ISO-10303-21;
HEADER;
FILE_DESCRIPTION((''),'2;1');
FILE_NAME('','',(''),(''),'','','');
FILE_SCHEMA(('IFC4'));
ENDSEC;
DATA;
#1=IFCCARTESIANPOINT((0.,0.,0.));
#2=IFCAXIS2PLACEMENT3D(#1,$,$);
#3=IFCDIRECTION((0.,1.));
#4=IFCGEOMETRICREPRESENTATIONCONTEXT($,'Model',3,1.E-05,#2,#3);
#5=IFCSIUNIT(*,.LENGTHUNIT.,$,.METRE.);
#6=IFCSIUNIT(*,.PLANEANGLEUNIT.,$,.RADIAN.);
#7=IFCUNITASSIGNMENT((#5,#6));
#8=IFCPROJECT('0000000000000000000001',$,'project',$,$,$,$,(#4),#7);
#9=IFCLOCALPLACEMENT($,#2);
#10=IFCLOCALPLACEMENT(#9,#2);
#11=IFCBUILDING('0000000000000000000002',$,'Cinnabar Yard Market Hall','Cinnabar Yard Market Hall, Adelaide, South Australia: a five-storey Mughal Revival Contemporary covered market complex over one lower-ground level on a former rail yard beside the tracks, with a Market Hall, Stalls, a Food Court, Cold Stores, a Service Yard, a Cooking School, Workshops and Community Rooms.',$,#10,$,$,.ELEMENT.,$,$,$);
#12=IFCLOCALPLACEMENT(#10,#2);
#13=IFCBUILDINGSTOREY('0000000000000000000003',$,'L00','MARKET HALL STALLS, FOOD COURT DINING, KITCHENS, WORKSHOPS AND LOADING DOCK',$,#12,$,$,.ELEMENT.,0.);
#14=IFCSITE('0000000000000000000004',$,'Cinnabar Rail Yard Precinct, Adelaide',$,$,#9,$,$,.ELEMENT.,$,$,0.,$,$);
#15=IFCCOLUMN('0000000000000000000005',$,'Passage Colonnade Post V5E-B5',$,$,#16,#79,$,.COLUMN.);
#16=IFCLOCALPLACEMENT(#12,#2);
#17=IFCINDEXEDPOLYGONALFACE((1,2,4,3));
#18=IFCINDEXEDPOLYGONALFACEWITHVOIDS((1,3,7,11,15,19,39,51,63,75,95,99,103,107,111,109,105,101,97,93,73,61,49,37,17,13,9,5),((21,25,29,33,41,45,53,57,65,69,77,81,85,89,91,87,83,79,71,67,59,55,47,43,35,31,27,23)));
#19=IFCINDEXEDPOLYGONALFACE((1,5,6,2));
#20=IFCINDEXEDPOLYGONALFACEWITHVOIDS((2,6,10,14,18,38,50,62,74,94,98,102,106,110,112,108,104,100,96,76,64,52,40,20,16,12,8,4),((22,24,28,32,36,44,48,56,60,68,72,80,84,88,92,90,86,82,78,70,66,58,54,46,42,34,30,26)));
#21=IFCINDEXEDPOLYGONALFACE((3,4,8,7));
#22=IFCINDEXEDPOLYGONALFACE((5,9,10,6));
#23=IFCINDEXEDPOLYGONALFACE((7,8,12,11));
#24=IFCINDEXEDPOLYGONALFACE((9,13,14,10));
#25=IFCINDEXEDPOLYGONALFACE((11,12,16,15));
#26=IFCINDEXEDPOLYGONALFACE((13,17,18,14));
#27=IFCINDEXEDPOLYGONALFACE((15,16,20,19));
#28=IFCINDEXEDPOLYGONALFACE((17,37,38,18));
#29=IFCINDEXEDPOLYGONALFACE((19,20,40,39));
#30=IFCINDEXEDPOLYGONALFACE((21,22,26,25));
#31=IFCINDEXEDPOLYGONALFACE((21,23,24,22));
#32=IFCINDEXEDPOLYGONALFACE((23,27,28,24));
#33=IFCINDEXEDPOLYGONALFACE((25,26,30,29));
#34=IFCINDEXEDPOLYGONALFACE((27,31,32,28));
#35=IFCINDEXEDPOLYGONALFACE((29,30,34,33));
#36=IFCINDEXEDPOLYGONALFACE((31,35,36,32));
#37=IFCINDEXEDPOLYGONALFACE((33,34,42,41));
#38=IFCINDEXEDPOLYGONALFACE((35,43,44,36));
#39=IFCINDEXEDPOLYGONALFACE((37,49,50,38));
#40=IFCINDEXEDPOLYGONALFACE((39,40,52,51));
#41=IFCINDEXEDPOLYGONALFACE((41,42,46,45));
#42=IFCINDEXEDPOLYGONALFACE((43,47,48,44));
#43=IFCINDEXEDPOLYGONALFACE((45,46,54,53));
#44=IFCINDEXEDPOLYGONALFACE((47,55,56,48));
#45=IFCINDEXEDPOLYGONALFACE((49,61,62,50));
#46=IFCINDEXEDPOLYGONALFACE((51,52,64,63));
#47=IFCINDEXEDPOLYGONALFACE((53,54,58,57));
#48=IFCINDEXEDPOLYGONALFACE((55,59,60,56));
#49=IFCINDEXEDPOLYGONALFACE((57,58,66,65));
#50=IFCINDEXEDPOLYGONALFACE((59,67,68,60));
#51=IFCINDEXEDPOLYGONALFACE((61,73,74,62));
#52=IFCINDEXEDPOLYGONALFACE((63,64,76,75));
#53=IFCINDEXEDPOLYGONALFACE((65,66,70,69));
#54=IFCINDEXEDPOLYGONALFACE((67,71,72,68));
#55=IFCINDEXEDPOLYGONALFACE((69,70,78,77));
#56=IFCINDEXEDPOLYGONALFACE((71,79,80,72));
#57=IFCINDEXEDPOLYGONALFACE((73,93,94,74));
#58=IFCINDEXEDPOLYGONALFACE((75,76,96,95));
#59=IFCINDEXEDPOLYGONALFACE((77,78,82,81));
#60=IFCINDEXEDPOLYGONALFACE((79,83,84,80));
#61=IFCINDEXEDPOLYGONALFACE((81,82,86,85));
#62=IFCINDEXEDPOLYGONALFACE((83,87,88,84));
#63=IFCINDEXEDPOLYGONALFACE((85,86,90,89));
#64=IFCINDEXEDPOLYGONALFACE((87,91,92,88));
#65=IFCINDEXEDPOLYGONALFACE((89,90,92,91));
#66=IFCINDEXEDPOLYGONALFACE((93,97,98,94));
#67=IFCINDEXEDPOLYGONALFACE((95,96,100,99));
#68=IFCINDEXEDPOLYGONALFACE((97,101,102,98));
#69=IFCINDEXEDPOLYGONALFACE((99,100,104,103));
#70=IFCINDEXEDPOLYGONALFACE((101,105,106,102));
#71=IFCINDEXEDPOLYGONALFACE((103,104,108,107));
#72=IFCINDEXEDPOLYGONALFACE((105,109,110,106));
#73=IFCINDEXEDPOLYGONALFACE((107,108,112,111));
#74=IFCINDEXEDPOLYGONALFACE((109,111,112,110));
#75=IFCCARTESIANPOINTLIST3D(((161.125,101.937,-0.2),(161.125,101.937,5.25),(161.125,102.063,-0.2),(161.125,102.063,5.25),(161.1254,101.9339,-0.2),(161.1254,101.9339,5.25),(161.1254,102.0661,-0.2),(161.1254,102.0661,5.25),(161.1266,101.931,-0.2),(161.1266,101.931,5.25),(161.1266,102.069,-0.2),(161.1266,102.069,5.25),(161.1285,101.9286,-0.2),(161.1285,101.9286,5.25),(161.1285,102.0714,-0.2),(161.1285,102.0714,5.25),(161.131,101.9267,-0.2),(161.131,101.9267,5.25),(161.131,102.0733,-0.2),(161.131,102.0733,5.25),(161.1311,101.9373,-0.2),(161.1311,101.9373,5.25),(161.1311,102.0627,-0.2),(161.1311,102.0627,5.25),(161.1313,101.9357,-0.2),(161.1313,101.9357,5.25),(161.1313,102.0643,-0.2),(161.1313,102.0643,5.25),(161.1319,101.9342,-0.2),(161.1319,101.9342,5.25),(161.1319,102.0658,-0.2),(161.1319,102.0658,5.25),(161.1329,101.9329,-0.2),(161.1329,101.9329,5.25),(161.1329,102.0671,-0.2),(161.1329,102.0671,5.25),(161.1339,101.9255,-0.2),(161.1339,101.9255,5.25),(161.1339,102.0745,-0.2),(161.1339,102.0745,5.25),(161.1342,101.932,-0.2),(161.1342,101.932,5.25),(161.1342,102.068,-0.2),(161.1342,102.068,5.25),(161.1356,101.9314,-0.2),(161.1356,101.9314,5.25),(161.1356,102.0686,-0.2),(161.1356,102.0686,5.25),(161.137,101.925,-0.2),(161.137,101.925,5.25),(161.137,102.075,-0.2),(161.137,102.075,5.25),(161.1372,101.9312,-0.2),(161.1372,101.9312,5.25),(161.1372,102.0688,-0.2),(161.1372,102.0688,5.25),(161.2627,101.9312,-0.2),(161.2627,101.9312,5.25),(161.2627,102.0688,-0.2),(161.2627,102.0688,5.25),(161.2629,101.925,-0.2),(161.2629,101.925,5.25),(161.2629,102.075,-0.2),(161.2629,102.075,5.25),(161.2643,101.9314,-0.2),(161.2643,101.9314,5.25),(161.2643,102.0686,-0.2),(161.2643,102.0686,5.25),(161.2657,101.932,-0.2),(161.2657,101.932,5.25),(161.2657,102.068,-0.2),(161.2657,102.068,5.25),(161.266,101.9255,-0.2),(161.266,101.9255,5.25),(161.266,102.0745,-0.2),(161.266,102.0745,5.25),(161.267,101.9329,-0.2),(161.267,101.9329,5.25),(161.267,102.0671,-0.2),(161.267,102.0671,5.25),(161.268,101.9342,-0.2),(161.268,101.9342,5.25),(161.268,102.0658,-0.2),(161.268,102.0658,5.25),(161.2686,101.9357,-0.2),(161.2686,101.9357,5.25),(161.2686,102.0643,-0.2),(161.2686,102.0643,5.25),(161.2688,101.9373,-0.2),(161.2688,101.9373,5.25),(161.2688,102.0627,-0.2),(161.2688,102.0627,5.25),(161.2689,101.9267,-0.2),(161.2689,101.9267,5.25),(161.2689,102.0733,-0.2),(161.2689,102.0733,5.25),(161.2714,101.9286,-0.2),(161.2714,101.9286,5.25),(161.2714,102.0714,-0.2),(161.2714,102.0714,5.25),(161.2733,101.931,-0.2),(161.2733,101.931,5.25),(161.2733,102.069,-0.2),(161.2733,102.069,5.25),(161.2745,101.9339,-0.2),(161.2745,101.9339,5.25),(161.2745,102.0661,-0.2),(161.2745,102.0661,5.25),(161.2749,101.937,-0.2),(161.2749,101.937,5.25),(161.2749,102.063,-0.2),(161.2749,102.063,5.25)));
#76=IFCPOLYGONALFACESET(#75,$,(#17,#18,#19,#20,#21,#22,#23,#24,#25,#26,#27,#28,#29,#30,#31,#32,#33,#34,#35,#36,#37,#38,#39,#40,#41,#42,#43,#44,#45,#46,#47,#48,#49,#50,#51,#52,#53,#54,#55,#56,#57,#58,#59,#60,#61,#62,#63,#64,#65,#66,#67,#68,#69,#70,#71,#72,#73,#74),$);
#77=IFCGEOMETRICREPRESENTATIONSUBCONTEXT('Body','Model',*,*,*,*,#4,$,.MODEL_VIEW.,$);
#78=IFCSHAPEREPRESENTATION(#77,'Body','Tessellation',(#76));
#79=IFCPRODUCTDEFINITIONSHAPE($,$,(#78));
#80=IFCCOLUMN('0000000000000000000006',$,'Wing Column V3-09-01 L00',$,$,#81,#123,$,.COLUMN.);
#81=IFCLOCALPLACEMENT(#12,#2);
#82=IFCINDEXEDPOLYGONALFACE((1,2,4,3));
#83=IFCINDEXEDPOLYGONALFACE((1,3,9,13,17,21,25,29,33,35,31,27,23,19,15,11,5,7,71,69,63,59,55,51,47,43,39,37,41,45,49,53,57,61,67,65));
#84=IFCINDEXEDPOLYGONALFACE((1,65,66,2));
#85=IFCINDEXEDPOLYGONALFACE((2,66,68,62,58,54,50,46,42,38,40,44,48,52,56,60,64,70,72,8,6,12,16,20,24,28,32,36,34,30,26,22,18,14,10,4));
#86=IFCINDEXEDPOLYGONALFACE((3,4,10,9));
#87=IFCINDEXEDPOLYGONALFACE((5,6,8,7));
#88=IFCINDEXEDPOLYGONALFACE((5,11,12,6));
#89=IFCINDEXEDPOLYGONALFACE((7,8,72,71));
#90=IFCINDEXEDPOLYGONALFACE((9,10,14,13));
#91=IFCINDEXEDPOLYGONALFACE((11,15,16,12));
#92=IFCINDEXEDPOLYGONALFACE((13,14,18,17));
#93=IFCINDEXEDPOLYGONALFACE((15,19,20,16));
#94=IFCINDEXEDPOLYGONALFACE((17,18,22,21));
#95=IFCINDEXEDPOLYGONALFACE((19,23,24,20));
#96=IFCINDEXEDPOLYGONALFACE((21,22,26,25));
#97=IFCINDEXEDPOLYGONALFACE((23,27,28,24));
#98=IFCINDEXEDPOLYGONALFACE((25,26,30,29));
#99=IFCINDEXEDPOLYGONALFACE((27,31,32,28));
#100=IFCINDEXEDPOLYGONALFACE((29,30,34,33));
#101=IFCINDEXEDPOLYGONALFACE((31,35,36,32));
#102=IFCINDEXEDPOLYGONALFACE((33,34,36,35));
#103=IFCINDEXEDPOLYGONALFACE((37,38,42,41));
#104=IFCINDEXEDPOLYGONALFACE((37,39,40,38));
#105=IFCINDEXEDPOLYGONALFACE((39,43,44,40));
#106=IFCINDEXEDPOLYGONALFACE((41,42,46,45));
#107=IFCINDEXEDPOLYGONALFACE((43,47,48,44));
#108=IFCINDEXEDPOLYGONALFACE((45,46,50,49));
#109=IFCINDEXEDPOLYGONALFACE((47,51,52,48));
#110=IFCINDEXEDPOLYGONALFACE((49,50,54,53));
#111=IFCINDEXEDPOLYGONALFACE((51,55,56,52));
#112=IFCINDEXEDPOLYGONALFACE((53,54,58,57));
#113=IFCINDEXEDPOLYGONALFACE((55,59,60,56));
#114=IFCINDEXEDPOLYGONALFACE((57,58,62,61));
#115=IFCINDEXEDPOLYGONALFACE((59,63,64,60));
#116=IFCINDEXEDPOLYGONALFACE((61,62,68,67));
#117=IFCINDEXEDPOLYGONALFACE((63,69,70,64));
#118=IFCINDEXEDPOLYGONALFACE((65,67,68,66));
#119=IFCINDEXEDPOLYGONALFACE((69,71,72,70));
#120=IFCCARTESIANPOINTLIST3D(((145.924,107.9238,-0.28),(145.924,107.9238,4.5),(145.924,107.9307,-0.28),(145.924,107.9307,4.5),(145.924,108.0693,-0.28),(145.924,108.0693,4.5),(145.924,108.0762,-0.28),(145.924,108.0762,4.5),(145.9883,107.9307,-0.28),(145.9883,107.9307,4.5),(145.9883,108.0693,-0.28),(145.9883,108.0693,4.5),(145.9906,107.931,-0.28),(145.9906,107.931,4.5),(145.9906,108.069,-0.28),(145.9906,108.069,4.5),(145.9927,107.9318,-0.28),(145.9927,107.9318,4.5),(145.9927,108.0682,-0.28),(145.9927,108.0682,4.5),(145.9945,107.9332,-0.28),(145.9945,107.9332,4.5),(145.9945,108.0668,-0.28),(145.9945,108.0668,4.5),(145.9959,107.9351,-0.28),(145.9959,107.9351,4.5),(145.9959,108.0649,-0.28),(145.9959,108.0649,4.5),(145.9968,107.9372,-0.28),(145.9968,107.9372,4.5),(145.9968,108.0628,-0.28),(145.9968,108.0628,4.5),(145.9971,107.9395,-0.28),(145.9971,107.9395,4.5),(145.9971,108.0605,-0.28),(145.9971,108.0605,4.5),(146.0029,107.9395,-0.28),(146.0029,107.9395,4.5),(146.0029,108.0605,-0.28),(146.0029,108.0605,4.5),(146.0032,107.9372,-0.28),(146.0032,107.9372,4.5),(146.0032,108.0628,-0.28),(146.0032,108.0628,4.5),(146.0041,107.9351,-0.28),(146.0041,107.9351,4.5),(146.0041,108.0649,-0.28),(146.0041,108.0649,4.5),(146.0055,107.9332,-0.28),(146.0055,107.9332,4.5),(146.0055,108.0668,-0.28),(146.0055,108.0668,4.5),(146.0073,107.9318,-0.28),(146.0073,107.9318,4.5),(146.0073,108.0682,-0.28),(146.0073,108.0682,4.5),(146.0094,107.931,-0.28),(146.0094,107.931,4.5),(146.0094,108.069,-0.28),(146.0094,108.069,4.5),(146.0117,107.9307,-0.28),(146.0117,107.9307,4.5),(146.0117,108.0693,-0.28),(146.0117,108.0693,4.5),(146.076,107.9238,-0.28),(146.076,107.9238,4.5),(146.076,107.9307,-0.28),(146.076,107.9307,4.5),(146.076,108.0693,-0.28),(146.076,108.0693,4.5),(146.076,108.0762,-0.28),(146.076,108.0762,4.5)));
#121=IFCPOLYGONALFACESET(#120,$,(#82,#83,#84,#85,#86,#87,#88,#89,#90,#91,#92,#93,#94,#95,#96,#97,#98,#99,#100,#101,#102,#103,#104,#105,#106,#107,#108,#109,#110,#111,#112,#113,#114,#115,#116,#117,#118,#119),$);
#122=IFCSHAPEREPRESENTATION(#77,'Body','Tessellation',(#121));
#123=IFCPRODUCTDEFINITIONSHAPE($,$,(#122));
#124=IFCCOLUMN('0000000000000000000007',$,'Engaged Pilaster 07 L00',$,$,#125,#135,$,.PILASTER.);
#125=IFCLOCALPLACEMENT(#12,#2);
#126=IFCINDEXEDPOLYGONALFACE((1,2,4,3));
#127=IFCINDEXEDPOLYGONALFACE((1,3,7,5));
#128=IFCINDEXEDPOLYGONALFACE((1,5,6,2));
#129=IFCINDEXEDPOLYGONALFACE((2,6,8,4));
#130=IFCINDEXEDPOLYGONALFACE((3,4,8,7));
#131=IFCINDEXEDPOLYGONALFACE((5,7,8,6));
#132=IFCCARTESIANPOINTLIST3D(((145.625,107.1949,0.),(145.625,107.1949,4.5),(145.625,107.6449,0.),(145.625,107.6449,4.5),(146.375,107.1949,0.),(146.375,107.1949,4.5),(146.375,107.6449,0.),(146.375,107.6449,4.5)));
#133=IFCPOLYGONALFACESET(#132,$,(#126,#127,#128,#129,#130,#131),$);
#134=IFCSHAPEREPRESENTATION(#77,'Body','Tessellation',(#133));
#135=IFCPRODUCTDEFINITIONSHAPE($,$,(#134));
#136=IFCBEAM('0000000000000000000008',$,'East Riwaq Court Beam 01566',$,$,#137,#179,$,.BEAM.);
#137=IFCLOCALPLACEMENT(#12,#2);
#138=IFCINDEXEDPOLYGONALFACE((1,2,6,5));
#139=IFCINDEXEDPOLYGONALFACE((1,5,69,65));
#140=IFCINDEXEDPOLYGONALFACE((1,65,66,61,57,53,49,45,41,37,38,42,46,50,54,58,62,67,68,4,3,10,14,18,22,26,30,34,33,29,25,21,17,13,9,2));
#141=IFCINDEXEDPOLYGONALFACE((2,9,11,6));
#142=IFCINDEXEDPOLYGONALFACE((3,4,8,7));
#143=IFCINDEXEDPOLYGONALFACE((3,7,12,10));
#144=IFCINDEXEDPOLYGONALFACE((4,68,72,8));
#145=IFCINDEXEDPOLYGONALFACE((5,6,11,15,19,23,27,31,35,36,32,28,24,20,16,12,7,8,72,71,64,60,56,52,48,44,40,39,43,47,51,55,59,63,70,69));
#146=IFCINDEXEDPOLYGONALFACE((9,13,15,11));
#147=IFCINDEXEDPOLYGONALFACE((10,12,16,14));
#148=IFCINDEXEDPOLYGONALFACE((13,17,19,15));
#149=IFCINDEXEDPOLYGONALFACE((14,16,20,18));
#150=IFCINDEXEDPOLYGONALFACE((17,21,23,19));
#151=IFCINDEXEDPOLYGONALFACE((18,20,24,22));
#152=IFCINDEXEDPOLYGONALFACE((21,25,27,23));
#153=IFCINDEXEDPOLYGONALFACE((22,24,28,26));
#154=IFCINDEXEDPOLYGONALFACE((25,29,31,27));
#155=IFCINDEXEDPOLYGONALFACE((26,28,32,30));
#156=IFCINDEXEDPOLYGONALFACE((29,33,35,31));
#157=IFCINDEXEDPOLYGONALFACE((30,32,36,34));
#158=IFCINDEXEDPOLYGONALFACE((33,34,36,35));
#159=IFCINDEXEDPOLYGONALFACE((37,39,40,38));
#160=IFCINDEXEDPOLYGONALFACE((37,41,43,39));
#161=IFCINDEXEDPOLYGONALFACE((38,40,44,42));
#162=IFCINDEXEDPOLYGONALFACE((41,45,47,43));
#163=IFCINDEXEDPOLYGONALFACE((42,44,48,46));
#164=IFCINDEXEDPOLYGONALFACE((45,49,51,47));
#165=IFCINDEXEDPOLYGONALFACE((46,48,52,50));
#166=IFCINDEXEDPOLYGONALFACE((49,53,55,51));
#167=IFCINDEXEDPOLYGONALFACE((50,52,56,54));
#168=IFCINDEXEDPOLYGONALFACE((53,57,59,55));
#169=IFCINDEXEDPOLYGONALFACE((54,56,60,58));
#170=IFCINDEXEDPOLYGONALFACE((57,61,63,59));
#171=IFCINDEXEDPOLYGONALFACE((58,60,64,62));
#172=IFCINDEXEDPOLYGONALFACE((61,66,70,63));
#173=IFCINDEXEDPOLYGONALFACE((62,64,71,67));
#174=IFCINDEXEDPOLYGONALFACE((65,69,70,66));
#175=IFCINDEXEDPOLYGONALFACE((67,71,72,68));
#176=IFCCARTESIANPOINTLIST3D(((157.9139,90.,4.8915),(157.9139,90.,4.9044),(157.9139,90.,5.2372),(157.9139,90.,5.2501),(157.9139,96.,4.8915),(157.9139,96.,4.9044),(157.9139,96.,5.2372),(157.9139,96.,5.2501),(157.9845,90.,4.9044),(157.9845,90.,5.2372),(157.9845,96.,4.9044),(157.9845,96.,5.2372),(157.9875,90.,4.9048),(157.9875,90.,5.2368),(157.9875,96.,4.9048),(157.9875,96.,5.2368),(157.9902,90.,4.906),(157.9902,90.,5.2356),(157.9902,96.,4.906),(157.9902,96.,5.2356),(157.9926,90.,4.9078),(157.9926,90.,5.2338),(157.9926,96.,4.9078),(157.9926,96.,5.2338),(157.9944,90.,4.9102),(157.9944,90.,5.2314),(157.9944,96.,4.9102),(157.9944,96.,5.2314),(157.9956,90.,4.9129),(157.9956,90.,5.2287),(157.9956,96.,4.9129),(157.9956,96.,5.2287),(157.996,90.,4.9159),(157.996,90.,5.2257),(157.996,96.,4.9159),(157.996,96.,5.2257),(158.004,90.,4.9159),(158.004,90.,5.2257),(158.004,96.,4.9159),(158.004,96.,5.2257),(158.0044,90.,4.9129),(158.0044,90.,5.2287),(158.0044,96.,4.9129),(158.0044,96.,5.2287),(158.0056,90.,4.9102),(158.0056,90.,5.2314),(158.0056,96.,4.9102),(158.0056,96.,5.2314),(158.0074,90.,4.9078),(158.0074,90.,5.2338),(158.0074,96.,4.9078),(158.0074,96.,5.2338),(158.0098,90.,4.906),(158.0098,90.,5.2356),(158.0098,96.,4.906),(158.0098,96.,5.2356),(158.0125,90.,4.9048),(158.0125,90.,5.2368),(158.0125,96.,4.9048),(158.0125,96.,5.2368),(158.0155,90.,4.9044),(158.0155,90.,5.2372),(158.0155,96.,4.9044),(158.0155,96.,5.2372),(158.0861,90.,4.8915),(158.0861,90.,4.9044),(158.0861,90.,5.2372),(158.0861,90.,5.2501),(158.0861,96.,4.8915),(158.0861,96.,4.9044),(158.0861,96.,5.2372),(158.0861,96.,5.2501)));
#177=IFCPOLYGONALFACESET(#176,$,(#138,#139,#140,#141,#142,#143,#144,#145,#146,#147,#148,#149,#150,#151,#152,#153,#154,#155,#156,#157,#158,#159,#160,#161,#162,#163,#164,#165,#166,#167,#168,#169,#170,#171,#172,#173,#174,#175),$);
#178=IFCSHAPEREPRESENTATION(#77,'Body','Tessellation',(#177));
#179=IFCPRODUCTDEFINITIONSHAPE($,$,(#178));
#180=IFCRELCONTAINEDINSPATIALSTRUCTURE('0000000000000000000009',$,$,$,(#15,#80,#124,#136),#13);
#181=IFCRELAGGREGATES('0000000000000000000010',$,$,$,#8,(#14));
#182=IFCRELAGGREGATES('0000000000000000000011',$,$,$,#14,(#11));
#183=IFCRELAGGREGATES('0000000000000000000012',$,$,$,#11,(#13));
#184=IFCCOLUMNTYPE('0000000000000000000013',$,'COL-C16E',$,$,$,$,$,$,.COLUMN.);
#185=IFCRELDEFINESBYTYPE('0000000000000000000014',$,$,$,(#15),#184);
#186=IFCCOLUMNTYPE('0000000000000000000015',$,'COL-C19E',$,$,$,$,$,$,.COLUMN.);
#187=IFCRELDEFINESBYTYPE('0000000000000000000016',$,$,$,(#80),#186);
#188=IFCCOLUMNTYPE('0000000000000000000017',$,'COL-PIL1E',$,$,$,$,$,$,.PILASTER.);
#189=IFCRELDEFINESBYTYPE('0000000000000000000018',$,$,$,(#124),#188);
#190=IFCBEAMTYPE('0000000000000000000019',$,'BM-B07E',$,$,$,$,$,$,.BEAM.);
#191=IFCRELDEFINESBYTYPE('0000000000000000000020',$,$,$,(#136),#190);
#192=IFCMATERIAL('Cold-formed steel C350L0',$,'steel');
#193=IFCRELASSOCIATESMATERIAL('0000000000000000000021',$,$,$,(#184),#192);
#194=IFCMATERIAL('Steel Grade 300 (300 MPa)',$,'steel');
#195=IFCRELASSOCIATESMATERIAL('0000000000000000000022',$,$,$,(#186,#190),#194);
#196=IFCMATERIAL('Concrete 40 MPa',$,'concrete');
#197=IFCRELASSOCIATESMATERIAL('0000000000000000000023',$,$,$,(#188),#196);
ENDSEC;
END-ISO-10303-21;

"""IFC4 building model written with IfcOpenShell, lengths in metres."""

from ifc_helpers import new_model, si_unit, direction, frame, origin, origin_2d_with_axis, place, context, subcontext, project, spatial, rectangle, hollow_rectangle, i_section, extrude, material, material_profile, profile_set, type_object, element, save


model = new_model("IFC4")

# Units and contexts
model_context = context("Model", 3, precision=1e-05, world=origin(), true_north=direction((0.0, 1.0)))
body_context = subcontext(model_context, "Body", "Model", "MODEL_VIEW")
ifc_project = project(units=[si_unit("LENGTHUNIT", "METRE"), si_unit("PLANEANGLEUNIT", "RADIAN")], contexts=[model_context])

# Site, building, storey
site_placement = place(None, origin())
site = spatial("IfcSite", under=ifc_project, at=site_placement, Name="Cinnabar Rail Yard Precinct, Adelaide", CompositionType="ELEMENT", RefElevation=0.0)
building_placement = place(site_placement, origin())
building = spatial("IfcBuilding", under=site, at=building_placement, Name="Cinnabar Yard Market Hall", Description="Cinnabar Yard Market Hall, Adelaide, South Australia: a five-storey Mughal Revival Contemporary covered market complex over one lower-ground level on a former rail yard beside the tracks, with a Market Hall, Stalls, a Food Court, Cold Stores, a Service Yard, a Cooking School, Workshops and Community Rooms.", CompositionType="ELEMENT")
storey_placement = place(building_placement, origin())
storey = spatial("IfcBuildingStorey", under=building, at=storey_placement, Name="L00", Description="MARKET HALL STALLS, FOOD COURT DINING, KITCHENS, WORKSHOPS AND LOADING DOCK", CompositionType="ELEMENT", Elevation=0.0)

# Shared definitions
ifc_material_1 = material(Name="Concrete 40 MPa", Category="concrete")

# Columns
ifc_material_2 = material(Name="Cold-formed steel C350L0", Category="steel")
ifc_material_profile_1 = material_profile(ifc_material_2, hollow_rectangle(XDim=0.1499, YDim=0.1499, WallThickness=0.0061, InnerFilletRadius=0.0061, OuterFilletRadius=0.012, at=origin_2d_with_axis()), Name="150x150x6.0SHS")
ifc_profile_set_1 = profile_set([ifc_material_profile_1], Name="Cold-formed steel C350L0")
column_type_1 = type_object("IfcColumnType", Name="COL-C16E", PredefinedType="COLUMN", material=ifc_profile_set_1)
for number, where, z_axis, x_axis, name in (
    (1, (161.2, 102.0, -0.2), (0.0, 0.0, 1.0), (1.0, 0.0, 0.0), "Passage Colonnade Post V5E-B5"),
):
    element("IfcColumn", number, at=place(storey_placement, frame(where, z_axis=z_axis, x_axis=x_axis)), inside=storey, type_object=column_type_1, Name=name, PredefinedType="COLUMN", context=body_context, shape_type="SweptSolid", body=[
        extrude(hollow_rectangle(XDim=0.1499, YDim=0.1499, WallThickness=0.0061, InnerFilletRadius=0.0061, OuterFilletRadius=0.012, at=origin_2d_with_axis()), origin(), (0.0, 0.0, 1.0), 5.45),
    ])
ifc_material_3 = material(Name="Steel Grade 300 (300 MPa)", Category="steel")
ifc_material_profile_2 = material_profile(ifc_material_3, i_section(OverallWidth=0.1521, OverallDepth=0.1523, WebThickness=0.0059, FlangeThickness=0.0068, FilletRadius=0.0088, at=origin_2d_with_axis()), Name="150UC23.4")
ifc_profile_set_2 = profile_set([ifc_material_profile_2], Name="Steel Grade 300 (300 MPa)")
column_type_2 = type_object("IfcColumnType", Name="COL-C19E", PredefinedType="COLUMN", material=ifc_profile_set_2)
column_1_placement = place(storey_placement, frame((146.0, 108.0, -0.28), z_axis=(0.0, 0.0, 1.0), x_axis=(1.0, 0.0, 0.0)))
element("IfcColumn", 2, at=column_1_placement, inside=storey, type_object=column_type_2, Name="Wing Column V3-09-01 L00", PredefinedType="COLUMN", context=body_context, shape_type="SweptSolid", body=[
    extrude(i_section(OverallWidth=0.1521, OverallDepth=0.1523, WebThickness=0.0059, FlangeThickness=0.0068, FilletRadius=0.0088, at=origin_2d_with_axis()), origin(), (0.0, 0.0, 1.0), 4.78),
])
ifc_material_profile_3 = material_profile(ifc_material_1, rectangle(XDim=0.75, YDim=0.45, at=origin_2d_with_axis()), Name="RC-750x450")
ifc_profile_set_3 = profile_set([ifc_material_profile_3], Name="Concrete 40 MPa")
column_type_3 = type_object("IfcColumnType", Name="COL-PIL1E", PredefinedType="PILASTER", material=ifc_profile_set_3)
column_2_placement = place(storey_placement, frame((146.0, 107.4199, 0.0), z_axis=(0.0, 0.0, 1.0), x_axis=(1.0, 0.0, 0.0)))
element("IfcColumn", 3, at=column_2_placement, inside=storey, type_object=column_type_3, Name="Engaged Pilaster 07 L00", PredefinedType="PILASTER", context=body_context, shape_type="SweptSolid", body=[
    extrude(rectangle(XDim=0.75, YDim=0.45, at=origin_2d_with_axis()), origin(), (0.0, 0.0, 1.0), 4.5),
])

# Beam
ifc_material_profile_4 = material_profile(ifc_material_3, i_section(OverallWidth=0.1721, OverallDepth=0.3586, WebThickness=0.0081, FlangeThickness=0.0129, FilletRadius=0.0115, at=origin_2d_with_axis()), Name="360UB56.7")
ifc_profile_set_4 = profile_set([ifc_material_profile_4], Name="Steel Grade 300 (300 MPa)")
beam_type_1 = type_object("IfcBeamType", Name="BM-B07E", PredefinedType="BEAM", material=ifc_profile_set_4)
for number, where, z_axis, x_axis, name in (
    (4, (158.0, 90.0, 5.0708), (0.0, 1.0, 0.0), (-1.0, 0.0, 0.0), "East Riwaq Court Beam 01566"),
):
    element("IfcBeam", number, at=place(storey_placement, frame(where, z_axis=z_axis, x_axis=x_axis)), inside=storey, type_object=beam_type_1, Name=name, PredefinedType="BEAM", context=body_context, shape_type="SweptSolid", body=[
        extrude(i_section(OverallWidth=0.1721, OverallDepth=0.3586, WebThickness=0.0081, FlangeThickness=0.0129, FilletRadius=0.0115, at=origin_2d_with_axis()), origin(), (0.0, 0.0, 1.0), 6.0),
    ])

save(model, "model.ifc")
